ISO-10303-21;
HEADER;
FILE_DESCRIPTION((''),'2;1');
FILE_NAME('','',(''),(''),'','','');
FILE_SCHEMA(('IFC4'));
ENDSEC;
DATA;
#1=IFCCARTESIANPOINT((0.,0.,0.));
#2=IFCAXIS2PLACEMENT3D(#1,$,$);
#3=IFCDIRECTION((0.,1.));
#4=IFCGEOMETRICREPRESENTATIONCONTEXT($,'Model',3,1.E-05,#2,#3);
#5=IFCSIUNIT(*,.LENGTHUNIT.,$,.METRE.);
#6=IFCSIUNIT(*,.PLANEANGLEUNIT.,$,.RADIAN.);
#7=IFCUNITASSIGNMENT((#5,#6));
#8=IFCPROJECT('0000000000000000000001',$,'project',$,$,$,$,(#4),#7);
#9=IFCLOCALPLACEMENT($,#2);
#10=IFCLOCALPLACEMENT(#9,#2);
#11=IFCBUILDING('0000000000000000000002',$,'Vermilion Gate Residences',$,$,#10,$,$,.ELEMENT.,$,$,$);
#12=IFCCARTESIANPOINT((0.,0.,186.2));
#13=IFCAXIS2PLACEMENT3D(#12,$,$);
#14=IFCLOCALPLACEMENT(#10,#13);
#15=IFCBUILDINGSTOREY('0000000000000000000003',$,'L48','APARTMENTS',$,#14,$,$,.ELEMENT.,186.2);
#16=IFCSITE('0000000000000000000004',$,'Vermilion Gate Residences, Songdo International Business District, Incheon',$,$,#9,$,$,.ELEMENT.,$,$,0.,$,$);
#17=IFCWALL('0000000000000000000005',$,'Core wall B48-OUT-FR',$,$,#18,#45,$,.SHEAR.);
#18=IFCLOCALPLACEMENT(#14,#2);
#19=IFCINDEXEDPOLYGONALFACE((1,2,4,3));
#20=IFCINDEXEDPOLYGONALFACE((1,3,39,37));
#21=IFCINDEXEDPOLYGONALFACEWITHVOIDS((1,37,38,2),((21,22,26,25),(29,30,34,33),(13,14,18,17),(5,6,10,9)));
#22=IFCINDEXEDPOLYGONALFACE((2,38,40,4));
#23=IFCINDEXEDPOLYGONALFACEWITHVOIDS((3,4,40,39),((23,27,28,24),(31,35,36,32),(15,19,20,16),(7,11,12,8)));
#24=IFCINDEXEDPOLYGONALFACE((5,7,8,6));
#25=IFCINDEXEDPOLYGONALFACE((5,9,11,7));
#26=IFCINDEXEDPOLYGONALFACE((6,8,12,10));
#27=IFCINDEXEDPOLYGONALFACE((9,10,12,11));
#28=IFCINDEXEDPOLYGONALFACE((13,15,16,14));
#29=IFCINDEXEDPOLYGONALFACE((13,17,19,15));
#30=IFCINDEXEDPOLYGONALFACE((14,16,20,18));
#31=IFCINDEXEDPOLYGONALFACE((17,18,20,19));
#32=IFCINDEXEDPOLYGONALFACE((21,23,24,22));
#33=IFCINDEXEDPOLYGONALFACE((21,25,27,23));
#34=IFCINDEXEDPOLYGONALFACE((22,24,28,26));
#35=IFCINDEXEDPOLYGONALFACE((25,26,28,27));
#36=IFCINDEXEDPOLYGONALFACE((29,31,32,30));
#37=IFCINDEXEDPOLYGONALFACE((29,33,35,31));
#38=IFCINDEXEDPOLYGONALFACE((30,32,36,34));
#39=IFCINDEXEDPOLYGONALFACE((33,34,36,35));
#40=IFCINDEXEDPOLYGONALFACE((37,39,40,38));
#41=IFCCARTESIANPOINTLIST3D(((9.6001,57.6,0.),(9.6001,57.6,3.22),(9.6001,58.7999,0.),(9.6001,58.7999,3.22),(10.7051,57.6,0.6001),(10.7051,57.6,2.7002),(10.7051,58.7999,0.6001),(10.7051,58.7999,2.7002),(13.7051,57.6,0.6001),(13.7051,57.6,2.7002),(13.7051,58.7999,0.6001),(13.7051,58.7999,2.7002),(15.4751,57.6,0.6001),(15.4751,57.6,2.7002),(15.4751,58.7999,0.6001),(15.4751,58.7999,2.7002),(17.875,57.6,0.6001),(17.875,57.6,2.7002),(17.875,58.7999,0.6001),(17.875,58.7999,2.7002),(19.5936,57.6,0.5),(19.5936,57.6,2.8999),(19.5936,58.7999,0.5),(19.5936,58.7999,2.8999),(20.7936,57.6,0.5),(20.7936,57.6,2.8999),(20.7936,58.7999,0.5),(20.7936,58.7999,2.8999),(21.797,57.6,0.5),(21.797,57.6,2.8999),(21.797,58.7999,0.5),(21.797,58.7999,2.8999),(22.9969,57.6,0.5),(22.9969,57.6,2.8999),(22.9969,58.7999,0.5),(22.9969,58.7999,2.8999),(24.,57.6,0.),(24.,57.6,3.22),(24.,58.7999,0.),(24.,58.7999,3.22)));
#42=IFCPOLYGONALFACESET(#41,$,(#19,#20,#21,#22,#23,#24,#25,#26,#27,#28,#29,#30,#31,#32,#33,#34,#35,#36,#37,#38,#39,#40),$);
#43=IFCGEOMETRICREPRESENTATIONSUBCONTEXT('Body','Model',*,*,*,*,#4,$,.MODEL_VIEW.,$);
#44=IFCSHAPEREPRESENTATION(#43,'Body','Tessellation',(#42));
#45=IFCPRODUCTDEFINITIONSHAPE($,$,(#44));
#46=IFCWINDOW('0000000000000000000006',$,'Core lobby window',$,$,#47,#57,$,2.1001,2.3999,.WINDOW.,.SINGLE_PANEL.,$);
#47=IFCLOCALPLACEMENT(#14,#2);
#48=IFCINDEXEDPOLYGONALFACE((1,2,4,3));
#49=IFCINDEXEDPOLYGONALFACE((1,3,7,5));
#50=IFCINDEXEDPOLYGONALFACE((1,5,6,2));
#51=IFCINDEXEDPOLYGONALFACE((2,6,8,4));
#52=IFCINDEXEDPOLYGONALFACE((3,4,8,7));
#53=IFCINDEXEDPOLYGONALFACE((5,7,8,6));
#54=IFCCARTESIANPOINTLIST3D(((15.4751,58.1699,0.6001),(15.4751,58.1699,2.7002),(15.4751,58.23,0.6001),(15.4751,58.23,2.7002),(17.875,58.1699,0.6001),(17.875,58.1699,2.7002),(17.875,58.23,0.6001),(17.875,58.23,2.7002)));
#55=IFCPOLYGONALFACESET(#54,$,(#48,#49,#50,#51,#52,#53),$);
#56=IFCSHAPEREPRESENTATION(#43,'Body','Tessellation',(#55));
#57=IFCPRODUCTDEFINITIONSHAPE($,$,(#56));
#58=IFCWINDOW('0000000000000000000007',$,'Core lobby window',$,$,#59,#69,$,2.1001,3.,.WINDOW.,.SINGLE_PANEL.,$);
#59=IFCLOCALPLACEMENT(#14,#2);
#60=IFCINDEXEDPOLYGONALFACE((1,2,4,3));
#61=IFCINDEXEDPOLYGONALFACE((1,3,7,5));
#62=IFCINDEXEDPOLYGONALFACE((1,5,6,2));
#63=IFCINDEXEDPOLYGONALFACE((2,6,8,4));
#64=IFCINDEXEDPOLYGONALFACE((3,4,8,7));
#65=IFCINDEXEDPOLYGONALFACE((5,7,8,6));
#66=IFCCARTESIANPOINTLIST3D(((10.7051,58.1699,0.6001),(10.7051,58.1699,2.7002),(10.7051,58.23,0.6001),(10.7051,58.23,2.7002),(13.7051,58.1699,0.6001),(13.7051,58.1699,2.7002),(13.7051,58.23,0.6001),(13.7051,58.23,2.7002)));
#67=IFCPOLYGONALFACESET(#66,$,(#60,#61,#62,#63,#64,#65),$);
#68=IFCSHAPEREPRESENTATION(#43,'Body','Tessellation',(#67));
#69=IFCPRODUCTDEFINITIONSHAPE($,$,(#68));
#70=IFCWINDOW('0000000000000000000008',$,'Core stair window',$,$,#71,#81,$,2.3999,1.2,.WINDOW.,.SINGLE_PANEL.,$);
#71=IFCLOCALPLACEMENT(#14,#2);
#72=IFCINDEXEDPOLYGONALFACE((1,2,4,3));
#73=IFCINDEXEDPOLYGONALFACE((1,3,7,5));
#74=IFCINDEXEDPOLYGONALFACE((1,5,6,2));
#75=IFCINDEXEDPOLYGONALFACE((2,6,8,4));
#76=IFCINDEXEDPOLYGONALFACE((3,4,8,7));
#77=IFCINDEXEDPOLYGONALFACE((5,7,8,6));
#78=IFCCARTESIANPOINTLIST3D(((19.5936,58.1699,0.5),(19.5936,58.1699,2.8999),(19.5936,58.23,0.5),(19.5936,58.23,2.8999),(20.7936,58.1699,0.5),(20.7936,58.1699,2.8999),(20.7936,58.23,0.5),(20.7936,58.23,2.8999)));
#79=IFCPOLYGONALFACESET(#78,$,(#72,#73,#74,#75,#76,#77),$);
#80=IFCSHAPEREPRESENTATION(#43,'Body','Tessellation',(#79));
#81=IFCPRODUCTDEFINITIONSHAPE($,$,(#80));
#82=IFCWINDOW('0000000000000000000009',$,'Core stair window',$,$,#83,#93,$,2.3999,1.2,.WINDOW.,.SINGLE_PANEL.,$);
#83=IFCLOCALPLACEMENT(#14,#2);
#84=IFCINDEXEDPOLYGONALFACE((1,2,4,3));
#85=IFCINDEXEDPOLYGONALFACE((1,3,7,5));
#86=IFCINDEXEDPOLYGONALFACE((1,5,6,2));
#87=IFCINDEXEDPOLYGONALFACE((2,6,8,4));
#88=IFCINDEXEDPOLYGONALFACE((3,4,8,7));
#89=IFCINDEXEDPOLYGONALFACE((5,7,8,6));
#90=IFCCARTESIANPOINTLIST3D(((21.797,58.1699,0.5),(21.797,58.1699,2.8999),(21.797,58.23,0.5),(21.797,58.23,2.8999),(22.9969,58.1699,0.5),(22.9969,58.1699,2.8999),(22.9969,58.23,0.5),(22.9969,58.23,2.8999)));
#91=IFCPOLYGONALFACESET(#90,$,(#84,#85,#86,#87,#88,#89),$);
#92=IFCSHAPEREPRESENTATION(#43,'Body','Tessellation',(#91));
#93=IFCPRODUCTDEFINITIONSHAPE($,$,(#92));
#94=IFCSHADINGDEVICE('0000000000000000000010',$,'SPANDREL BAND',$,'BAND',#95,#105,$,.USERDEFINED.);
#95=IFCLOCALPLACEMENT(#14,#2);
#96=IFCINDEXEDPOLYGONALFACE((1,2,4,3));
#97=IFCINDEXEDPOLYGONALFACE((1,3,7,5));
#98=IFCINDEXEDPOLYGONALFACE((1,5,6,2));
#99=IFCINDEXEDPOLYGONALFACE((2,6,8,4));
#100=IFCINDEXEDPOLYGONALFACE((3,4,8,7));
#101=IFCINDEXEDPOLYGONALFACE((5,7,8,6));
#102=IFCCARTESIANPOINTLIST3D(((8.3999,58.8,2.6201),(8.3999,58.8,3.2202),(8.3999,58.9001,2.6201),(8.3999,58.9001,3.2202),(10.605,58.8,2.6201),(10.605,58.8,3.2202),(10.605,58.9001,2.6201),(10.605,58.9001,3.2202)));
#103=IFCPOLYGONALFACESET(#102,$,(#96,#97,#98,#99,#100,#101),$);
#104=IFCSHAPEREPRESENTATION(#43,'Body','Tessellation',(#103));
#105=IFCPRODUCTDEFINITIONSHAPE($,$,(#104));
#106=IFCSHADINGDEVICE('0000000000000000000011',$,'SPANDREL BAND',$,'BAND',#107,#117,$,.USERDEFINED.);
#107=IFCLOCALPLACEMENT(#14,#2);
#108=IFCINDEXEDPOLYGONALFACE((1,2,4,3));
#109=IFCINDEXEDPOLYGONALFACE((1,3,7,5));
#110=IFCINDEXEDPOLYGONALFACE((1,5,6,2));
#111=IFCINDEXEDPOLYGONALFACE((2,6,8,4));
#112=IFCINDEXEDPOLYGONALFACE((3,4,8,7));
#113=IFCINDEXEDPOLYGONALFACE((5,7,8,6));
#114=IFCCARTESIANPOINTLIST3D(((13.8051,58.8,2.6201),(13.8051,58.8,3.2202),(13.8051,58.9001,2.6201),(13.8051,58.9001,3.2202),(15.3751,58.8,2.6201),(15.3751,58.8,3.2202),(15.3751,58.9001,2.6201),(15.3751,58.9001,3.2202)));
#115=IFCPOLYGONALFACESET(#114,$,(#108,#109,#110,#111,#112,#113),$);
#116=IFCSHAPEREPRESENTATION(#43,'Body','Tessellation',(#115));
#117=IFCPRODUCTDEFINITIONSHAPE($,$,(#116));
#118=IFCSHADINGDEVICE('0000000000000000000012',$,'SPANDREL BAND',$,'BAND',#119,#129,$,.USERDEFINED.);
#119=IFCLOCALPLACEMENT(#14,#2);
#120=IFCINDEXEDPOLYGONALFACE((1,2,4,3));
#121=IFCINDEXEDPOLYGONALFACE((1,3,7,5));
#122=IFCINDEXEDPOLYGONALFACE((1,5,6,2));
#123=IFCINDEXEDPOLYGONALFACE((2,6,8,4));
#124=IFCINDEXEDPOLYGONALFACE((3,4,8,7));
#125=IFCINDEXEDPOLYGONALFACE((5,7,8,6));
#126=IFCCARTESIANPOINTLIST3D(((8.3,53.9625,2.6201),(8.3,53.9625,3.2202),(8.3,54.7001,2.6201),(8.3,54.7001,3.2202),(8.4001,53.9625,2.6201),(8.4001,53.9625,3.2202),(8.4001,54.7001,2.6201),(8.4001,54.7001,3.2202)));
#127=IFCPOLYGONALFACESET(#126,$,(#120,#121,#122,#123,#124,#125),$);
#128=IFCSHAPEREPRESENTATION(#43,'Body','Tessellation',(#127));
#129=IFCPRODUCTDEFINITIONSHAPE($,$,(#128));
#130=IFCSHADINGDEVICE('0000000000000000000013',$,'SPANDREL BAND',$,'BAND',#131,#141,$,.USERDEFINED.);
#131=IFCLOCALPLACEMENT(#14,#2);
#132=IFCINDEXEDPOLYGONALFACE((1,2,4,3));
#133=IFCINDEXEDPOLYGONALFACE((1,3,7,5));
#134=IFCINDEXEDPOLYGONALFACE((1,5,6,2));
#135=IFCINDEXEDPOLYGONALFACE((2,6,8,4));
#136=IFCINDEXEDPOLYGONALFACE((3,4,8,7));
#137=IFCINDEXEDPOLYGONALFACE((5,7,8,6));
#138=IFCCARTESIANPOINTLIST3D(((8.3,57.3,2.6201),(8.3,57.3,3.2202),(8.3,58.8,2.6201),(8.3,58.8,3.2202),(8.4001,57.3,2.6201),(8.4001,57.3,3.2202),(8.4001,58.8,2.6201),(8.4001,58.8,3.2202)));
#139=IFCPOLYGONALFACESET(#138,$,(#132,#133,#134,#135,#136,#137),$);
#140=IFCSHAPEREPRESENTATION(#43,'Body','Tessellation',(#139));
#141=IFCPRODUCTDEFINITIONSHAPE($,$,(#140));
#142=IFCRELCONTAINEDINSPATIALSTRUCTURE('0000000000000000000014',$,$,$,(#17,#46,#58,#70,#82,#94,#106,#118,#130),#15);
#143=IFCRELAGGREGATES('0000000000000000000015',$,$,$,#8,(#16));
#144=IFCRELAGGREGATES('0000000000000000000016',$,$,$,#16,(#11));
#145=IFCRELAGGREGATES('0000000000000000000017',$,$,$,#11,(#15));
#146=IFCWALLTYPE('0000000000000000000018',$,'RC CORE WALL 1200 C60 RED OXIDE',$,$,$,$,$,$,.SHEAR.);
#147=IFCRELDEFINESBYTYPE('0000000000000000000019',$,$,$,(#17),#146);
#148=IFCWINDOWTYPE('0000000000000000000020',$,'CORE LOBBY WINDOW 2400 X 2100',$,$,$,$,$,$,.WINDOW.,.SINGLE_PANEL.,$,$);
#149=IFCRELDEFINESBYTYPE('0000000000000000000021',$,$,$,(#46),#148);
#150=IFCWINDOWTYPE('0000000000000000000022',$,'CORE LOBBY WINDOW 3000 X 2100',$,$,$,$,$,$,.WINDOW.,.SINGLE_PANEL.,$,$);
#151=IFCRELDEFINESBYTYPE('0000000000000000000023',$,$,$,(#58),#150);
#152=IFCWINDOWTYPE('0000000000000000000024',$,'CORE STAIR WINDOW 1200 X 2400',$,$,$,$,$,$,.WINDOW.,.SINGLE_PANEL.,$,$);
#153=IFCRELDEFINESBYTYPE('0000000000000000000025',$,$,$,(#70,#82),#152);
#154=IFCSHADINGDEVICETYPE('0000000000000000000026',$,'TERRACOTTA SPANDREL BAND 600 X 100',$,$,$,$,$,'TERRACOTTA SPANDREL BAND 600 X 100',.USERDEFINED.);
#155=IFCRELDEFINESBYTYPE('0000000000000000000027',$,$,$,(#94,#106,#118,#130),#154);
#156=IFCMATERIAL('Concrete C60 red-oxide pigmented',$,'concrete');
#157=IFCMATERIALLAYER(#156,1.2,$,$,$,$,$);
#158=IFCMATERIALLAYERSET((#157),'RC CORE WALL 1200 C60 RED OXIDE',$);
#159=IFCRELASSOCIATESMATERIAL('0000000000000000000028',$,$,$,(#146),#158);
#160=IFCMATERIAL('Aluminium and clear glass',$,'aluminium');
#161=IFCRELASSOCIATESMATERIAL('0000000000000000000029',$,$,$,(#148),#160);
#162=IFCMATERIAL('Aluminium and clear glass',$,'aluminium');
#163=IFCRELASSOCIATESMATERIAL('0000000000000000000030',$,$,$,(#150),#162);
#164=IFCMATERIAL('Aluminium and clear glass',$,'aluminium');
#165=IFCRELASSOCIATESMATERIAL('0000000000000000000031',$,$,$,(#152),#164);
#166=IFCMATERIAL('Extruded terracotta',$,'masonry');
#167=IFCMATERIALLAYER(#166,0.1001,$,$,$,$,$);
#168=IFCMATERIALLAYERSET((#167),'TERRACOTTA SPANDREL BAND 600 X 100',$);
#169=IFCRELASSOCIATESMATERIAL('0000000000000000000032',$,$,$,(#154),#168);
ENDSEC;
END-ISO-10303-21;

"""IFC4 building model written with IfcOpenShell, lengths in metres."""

from ifc_helpers import new_model, si_unit, direction, frame, frame_2d, origin, origin_2d, place, context, subcontext, project, spatial, rectangle, extrude, material, layer, layer_set, type_object, element, fill, save


model = new_model("IFC4")

# Units and contexts
model_context = context("Model", 3, precision=1e-05, world=origin(), true_north=direction((0.0, 1.0)))
body_context = subcontext(model_context, "Body", "Model", "MODEL_VIEW")
ifc_project = project(units=[si_unit("LENGTHUNIT", "METRE"), si_unit("PLANEANGLEUNIT", "RADIAN")], contexts=[model_context])

# Site, building, storey
site_placement = place(None, origin())
site = spatial("IfcSite", under=ifc_project, at=site_placement, Name="Vermilion Gate Residences, Songdo International Business District, Incheon", CompositionType="ELEMENT", RefElevation=0.0)
building_placement = place(site_placement, origin())
building = spatial("IfcBuilding", under=site, at=building_placement, Name="Vermilion Gate Residences", CompositionType="ELEMENT")
storey_placement = place(building_placement, frame((0.0, 0.0, 186.2)))
storey = spatial("IfcBuildingStorey", under=building, at=storey_placement, Name="L48", Description="APARTMENTS", CompositionType="ELEMENT", Elevation=186.2)

# Wall, openings, windows
ifc_material_1 = material(Name="Concrete C60 red-oxide pigmented", Category="concrete")
ifc_layer_1 = layer(ifc_material_1, 1.2)
ifc_layer_set_1 = layer_set([ifc_layer_1], Name="RC CORE WALL 1200 C60 RED OXIDE")
wall_type_1 = type_object("IfcWallType", Name="RC CORE WALL 1200 C60 RED OXIDE", PredefinedType="SHEAR", material=ifc_layer_set_1)
ifc_material_2 = material(Name="Aluminium and clear glass", Category="aluminium")
window_type_1 = type_object("IfcWindowType", Name="CORE LOBBY WINDOW 2400 X 2100", PartitioningType="SINGLE_PANEL", PredefinedType="WINDOW", material=ifc_material_2)
wall_1_placement = place(storey_placement, frame((9.6001, 58.2, 0.0), z_axis=(0.0, 0.0, 1.0), x_axis=(1.0, 0.0, 0.0)))
wall_1 = element("IfcWall", 1, at=wall_1_placement, inside=storey, type_object=wall_type_1, Name="Core wall B48-OUT-FR", PredefinedType="SHEAR", context=body_context, shape_type="SweptSolid", body=[
    extrude(rectangle(XDim=14.3999, YDim=1.2, at=frame_2d((7.2, 0.0))), origin(), (0.0, 0.0, 1.0), 3.22),
])
opening_1_placement = place(wall_1_placement, frame((1.105, 0.0, 0.6001)))
opening_1 = element("IfcOpeningElement", 2, at=opening_1_placement, cuts=wall_1, PredefinedType="OPENING", context=body_context, shape_type="SweptSolid", body=[
    extrude(rectangle(XDim=3.0, YDim=2.1001, at=frame_2d((1.5, 1.05))), frame((0.0, 0.6099, 0.0), z_axis=(0.0, -1.0, 0.0), x_axis=(1.0, 0.0, 0.0)), (0.0, 0.0, 1.0), 1.22),
])
opening_2_placement = place(wall_1_placement, frame((5.875, 0.0, 0.6001)))
opening_2 = element("IfcOpeningElement", 3, at=opening_2_placement, cuts=wall_1, PredefinedType="OPENING", context=body_context, shape_type="SweptSolid", body=[
    extrude(rectangle(XDim=2.3999, YDim=2.1001, at=frame_2d((1.2, 1.05))), frame((0.0, 0.6099, 0.0), z_axis=(0.0, -1.0, 0.0), x_axis=(1.0, 0.0, 0.0)), (0.0, 0.0, 1.0), 1.22),
])
opening_3_placement = place(wall_1_placement, frame((9.9934, 0.0, 0.5)))
opening_3 = element("IfcOpeningElement", 4, at=opening_3_placement, cuts=wall_1, PredefinedType="OPENING", context=body_context, shape_type="SweptSolid", body=[
    extrude(rectangle(XDim=1.2, YDim=2.3999, at=frame_2d((0.6001, 1.2))), frame((0.0, 0.6099, 0.0), z_axis=(0.0, -1.0, 0.0), x_axis=(1.0, 0.0, 0.0)), (0.0, 0.0, 1.0), 1.22),
])
opening_4_placement = place(wall_1_placement, frame((12.1968, 0.0, 0.5)))
opening_4 = element("IfcOpeningElement", 5, at=opening_4_placement, cuts=wall_1, PredefinedType="OPENING", context=body_context, shape_type="SweptSolid", body=[
    extrude(rectangle(XDim=1.2, YDim=2.3999, at=frame_2d((0.6001, 1.2))), frame((0.0, 0.6099, 0.0), z_axis=(0.0, -1.0, 0.0), x_axis=(1.0, 0.0, 0.0)), (0.0, 0.0, 1.0), 1.22),
])
window_1_placement = place(opening_2_placement, origin())
window_1 = element("IfcWindow", 6, at=window_1_placement, inside=storey, type_object=window_type_1, Name="Core lobby window", OverallHeight=2.1001, OverallWidth=2.3999, PartitioningType="SINGLE_PANEL", PredefinedType="WINDOW", context=body_context, shape_type="SweptSolid", body=[
    extrude(rectangle(XDim=2.3999, YDim=2.1001, at=frame_2d((1.2, 1.05))), frame((0.0, 0.03, 0.0), z_axis=(0.0, -1.0, 0.0), x_axis=(1.0, 0.0, 0.0)), (0.0, 0.0, 1.0), 0.0601),
])
fill(opening_2, window_1)
ifc_material_3 = material(Name="Aluminium and clear glass", Category="aluminium")
window_type_2 = type_object("IfcWindowType", Name="CORE LOBBY WINDOW 3000 X 2100", PartitioningType="SINGLE_PANEL", PredefinedType="WINDOW", material=ifc_material_3)
window_2_placement = place(opening_1_placement, origin())
window_2 = element("IfcWindow", 7, at=window_2_placement, inside=storey, type_object=window_type_2, Name="Core lobby window", OverallHeight=2.1001, OverallWidth=3.0, PartitioningType="SINGLE_PANEL", PredefinedType="WINDOW", context=body_context, shape_type="SweptSolid", body=[
    extrude(rectangle(XDim=3.0, YDim=2.1001, at=frame_2d((1.5, 1.05))), frame((0.0, 0.03, 0.0), z_axis=(0.0, -1.0, 0.0), x_axis=(1.0, 0.0, 0.0)), (0.0, 0.0, 1.0), 0.0601),
])
fill(opening_1, window_2)
ifc_material_4 = material(Name="Aluminium and clear glass", Category="aluminium")
window_type_3 = type_object("IfcWindowType", Name="CORE STAIR WINDOW 1200 X 2400", PartitioningType="SINGLE_PANEL", PredefinedType="WINDOW", material=ifc_material_4)
window_3_placement = place(opening_3_placement, origin())
window_3 = element("IfcWindow", 8, at=window_3_placement, inside=storey, type_object=window_type_3, Name="Core stair window", OverallHeight=2.3999, OverallWidth=1.2, PartitioningType="SINGLE_PANEL", PredefinedType="WINDOW", context=body_context, shape_type="SweptSolid", body=[
    extrude(rectangle(XDim=1.2, YDim=2.3999, at=frame_2d((0.6001, 1.2))), frame((0.0, 0.03, 0.0), z_axis=(0.0, -1.0, 0.0), x_axis=(1.0, 0.0, 0.0)), (0.0, 0.0, 1.0), 0.0601),
])
fill(opening_3, window_3)
window_4_placement = place(opening_4_placement, origin())
window_4 = element("IfcWindow", 9, at=window_4_placement, inside=storey, type_object=window_type_3, Name="Core stair window", OverallHeight=2.3999, OverallWidth=1.2, PartitioningType="SINGLE_PANEL", PredefinedType="WINDOW", context=body_context, shape_type="SweptSolid", body=[
    extrude(rectangle(XDim=1.2, YDim=2.3999, at=frame_2d((0.6001, 1.2))), frame((0.0, 0.03, 0.0), z_axis=(0.0, -1.0, 0.0), x_axis=(1.0, 0.0, 0.0)), (0.0, 0.0, 1.0), 0.0601),
])
fill(opening_4, window_4)

# Shading devices
ifc_material_5 = material(Name="Extruded terracotta", Category="masonry")
ifc_layer_2 = layer(ifc_material_5, 0.1001)
ifc_layer_set_2 = layer_set([ifc_layer_2], Name="TERRACOTTA SPANDREL BAND 600 X 100")
shading_device_type = type_object("IfcShadingDeviceType", Name="TERRACOTTA SPANDREL BAND 600 X 100", ElementType="TERRACOTTA SPANDREL BAND 600 X 100", PredefinedType="USERDEFINED", material=ifc_layer_set_2)
shading_device_1_placement = place(storey_placement, frame((9.5024, 58.8501, 2.6201), z_axis=(0.0, 0.0, 1.0), x_axis=(1.0, 0.0, 0.0)))
element("IfcShadingDevice", 10, at=shading_device_1_placement, inside=storey, type_object=shading_device_type, Name="SPANDREL BAND", ObjectType="BAND", PredefinedType="USERDEFINED", context=body_context, shape_type="SweptSolid", body=[
    extrude(rectangle(XDim=2.2051, YDim=0.1001, at=origin_2d()), origin(), (0.0, 0.0, 1.0), 0.6001),
])
shading_device_2_placement = place(storey_placement, frame((14.5901, 58.8501, 2.6201), z_axis=(0.0, 0.0, 1.0), x_axis=(1.0, 0.0, 0.0)))
element("IfcShadingDevice", 11, at=shading_device_2_placement, inside=storey, type_object=shading_device_type, Name="SPANDREL BAND", ObjectType="BAND", PredefinedType="USERDEFINED", context=body_context, shape_type="SweptSolid", body=[
    extrude(rectangle(XDim=1.5701, YDim=0.1001, at=origin_2d()), origin(), (0.0, 0.0, 1.0), 0.6001),
])
shading_device_3_placement = place(storey_placement, frame((8.3501, 54.3313, 2.6201), z_axis=(0.0, 0.0, 1.0), x_axis=(0.0, 1.0, 0.0)))
element("IfcShadingDevice", 12, at=shading_device_3_placement, inside=storey, type_object=shading_device_type, Name="SPANDREL BAND", ObjectType="BAND", PredefinedType="USERDEFINED", context=body_context, shape_type="SweptSolid", body=[
    extrude(rectangle(XDim=0.7375, YDim=0.1001, at=origin_2d()), origin(), (0.0, 0.0, 1.0), 0.6001),
])
shading_device_4_placement = place(storey_placement, frame((8.3501, 58.05, 2.6201), z_axis=(0.0, 0.0, 1.0), x_axis=(0.0, 1.0, 0.0)))
element("IfcShadingDevice", 13, at=shading_device_4_placement, inside=storey, type_object=shading_device_type, Name="SPANDREL BAND", ObjectType="BAND", PredefinedType="USERDEFINED", context=body_context, shape_type="SweptSolid", body=[
    extrude(rectangle(XDim=1.5, YDim=0.1001, at=origin_2d()), origin(), (0.0, 0.0, 1.0), 0.6001),
])

save(model, "model.ifc")
